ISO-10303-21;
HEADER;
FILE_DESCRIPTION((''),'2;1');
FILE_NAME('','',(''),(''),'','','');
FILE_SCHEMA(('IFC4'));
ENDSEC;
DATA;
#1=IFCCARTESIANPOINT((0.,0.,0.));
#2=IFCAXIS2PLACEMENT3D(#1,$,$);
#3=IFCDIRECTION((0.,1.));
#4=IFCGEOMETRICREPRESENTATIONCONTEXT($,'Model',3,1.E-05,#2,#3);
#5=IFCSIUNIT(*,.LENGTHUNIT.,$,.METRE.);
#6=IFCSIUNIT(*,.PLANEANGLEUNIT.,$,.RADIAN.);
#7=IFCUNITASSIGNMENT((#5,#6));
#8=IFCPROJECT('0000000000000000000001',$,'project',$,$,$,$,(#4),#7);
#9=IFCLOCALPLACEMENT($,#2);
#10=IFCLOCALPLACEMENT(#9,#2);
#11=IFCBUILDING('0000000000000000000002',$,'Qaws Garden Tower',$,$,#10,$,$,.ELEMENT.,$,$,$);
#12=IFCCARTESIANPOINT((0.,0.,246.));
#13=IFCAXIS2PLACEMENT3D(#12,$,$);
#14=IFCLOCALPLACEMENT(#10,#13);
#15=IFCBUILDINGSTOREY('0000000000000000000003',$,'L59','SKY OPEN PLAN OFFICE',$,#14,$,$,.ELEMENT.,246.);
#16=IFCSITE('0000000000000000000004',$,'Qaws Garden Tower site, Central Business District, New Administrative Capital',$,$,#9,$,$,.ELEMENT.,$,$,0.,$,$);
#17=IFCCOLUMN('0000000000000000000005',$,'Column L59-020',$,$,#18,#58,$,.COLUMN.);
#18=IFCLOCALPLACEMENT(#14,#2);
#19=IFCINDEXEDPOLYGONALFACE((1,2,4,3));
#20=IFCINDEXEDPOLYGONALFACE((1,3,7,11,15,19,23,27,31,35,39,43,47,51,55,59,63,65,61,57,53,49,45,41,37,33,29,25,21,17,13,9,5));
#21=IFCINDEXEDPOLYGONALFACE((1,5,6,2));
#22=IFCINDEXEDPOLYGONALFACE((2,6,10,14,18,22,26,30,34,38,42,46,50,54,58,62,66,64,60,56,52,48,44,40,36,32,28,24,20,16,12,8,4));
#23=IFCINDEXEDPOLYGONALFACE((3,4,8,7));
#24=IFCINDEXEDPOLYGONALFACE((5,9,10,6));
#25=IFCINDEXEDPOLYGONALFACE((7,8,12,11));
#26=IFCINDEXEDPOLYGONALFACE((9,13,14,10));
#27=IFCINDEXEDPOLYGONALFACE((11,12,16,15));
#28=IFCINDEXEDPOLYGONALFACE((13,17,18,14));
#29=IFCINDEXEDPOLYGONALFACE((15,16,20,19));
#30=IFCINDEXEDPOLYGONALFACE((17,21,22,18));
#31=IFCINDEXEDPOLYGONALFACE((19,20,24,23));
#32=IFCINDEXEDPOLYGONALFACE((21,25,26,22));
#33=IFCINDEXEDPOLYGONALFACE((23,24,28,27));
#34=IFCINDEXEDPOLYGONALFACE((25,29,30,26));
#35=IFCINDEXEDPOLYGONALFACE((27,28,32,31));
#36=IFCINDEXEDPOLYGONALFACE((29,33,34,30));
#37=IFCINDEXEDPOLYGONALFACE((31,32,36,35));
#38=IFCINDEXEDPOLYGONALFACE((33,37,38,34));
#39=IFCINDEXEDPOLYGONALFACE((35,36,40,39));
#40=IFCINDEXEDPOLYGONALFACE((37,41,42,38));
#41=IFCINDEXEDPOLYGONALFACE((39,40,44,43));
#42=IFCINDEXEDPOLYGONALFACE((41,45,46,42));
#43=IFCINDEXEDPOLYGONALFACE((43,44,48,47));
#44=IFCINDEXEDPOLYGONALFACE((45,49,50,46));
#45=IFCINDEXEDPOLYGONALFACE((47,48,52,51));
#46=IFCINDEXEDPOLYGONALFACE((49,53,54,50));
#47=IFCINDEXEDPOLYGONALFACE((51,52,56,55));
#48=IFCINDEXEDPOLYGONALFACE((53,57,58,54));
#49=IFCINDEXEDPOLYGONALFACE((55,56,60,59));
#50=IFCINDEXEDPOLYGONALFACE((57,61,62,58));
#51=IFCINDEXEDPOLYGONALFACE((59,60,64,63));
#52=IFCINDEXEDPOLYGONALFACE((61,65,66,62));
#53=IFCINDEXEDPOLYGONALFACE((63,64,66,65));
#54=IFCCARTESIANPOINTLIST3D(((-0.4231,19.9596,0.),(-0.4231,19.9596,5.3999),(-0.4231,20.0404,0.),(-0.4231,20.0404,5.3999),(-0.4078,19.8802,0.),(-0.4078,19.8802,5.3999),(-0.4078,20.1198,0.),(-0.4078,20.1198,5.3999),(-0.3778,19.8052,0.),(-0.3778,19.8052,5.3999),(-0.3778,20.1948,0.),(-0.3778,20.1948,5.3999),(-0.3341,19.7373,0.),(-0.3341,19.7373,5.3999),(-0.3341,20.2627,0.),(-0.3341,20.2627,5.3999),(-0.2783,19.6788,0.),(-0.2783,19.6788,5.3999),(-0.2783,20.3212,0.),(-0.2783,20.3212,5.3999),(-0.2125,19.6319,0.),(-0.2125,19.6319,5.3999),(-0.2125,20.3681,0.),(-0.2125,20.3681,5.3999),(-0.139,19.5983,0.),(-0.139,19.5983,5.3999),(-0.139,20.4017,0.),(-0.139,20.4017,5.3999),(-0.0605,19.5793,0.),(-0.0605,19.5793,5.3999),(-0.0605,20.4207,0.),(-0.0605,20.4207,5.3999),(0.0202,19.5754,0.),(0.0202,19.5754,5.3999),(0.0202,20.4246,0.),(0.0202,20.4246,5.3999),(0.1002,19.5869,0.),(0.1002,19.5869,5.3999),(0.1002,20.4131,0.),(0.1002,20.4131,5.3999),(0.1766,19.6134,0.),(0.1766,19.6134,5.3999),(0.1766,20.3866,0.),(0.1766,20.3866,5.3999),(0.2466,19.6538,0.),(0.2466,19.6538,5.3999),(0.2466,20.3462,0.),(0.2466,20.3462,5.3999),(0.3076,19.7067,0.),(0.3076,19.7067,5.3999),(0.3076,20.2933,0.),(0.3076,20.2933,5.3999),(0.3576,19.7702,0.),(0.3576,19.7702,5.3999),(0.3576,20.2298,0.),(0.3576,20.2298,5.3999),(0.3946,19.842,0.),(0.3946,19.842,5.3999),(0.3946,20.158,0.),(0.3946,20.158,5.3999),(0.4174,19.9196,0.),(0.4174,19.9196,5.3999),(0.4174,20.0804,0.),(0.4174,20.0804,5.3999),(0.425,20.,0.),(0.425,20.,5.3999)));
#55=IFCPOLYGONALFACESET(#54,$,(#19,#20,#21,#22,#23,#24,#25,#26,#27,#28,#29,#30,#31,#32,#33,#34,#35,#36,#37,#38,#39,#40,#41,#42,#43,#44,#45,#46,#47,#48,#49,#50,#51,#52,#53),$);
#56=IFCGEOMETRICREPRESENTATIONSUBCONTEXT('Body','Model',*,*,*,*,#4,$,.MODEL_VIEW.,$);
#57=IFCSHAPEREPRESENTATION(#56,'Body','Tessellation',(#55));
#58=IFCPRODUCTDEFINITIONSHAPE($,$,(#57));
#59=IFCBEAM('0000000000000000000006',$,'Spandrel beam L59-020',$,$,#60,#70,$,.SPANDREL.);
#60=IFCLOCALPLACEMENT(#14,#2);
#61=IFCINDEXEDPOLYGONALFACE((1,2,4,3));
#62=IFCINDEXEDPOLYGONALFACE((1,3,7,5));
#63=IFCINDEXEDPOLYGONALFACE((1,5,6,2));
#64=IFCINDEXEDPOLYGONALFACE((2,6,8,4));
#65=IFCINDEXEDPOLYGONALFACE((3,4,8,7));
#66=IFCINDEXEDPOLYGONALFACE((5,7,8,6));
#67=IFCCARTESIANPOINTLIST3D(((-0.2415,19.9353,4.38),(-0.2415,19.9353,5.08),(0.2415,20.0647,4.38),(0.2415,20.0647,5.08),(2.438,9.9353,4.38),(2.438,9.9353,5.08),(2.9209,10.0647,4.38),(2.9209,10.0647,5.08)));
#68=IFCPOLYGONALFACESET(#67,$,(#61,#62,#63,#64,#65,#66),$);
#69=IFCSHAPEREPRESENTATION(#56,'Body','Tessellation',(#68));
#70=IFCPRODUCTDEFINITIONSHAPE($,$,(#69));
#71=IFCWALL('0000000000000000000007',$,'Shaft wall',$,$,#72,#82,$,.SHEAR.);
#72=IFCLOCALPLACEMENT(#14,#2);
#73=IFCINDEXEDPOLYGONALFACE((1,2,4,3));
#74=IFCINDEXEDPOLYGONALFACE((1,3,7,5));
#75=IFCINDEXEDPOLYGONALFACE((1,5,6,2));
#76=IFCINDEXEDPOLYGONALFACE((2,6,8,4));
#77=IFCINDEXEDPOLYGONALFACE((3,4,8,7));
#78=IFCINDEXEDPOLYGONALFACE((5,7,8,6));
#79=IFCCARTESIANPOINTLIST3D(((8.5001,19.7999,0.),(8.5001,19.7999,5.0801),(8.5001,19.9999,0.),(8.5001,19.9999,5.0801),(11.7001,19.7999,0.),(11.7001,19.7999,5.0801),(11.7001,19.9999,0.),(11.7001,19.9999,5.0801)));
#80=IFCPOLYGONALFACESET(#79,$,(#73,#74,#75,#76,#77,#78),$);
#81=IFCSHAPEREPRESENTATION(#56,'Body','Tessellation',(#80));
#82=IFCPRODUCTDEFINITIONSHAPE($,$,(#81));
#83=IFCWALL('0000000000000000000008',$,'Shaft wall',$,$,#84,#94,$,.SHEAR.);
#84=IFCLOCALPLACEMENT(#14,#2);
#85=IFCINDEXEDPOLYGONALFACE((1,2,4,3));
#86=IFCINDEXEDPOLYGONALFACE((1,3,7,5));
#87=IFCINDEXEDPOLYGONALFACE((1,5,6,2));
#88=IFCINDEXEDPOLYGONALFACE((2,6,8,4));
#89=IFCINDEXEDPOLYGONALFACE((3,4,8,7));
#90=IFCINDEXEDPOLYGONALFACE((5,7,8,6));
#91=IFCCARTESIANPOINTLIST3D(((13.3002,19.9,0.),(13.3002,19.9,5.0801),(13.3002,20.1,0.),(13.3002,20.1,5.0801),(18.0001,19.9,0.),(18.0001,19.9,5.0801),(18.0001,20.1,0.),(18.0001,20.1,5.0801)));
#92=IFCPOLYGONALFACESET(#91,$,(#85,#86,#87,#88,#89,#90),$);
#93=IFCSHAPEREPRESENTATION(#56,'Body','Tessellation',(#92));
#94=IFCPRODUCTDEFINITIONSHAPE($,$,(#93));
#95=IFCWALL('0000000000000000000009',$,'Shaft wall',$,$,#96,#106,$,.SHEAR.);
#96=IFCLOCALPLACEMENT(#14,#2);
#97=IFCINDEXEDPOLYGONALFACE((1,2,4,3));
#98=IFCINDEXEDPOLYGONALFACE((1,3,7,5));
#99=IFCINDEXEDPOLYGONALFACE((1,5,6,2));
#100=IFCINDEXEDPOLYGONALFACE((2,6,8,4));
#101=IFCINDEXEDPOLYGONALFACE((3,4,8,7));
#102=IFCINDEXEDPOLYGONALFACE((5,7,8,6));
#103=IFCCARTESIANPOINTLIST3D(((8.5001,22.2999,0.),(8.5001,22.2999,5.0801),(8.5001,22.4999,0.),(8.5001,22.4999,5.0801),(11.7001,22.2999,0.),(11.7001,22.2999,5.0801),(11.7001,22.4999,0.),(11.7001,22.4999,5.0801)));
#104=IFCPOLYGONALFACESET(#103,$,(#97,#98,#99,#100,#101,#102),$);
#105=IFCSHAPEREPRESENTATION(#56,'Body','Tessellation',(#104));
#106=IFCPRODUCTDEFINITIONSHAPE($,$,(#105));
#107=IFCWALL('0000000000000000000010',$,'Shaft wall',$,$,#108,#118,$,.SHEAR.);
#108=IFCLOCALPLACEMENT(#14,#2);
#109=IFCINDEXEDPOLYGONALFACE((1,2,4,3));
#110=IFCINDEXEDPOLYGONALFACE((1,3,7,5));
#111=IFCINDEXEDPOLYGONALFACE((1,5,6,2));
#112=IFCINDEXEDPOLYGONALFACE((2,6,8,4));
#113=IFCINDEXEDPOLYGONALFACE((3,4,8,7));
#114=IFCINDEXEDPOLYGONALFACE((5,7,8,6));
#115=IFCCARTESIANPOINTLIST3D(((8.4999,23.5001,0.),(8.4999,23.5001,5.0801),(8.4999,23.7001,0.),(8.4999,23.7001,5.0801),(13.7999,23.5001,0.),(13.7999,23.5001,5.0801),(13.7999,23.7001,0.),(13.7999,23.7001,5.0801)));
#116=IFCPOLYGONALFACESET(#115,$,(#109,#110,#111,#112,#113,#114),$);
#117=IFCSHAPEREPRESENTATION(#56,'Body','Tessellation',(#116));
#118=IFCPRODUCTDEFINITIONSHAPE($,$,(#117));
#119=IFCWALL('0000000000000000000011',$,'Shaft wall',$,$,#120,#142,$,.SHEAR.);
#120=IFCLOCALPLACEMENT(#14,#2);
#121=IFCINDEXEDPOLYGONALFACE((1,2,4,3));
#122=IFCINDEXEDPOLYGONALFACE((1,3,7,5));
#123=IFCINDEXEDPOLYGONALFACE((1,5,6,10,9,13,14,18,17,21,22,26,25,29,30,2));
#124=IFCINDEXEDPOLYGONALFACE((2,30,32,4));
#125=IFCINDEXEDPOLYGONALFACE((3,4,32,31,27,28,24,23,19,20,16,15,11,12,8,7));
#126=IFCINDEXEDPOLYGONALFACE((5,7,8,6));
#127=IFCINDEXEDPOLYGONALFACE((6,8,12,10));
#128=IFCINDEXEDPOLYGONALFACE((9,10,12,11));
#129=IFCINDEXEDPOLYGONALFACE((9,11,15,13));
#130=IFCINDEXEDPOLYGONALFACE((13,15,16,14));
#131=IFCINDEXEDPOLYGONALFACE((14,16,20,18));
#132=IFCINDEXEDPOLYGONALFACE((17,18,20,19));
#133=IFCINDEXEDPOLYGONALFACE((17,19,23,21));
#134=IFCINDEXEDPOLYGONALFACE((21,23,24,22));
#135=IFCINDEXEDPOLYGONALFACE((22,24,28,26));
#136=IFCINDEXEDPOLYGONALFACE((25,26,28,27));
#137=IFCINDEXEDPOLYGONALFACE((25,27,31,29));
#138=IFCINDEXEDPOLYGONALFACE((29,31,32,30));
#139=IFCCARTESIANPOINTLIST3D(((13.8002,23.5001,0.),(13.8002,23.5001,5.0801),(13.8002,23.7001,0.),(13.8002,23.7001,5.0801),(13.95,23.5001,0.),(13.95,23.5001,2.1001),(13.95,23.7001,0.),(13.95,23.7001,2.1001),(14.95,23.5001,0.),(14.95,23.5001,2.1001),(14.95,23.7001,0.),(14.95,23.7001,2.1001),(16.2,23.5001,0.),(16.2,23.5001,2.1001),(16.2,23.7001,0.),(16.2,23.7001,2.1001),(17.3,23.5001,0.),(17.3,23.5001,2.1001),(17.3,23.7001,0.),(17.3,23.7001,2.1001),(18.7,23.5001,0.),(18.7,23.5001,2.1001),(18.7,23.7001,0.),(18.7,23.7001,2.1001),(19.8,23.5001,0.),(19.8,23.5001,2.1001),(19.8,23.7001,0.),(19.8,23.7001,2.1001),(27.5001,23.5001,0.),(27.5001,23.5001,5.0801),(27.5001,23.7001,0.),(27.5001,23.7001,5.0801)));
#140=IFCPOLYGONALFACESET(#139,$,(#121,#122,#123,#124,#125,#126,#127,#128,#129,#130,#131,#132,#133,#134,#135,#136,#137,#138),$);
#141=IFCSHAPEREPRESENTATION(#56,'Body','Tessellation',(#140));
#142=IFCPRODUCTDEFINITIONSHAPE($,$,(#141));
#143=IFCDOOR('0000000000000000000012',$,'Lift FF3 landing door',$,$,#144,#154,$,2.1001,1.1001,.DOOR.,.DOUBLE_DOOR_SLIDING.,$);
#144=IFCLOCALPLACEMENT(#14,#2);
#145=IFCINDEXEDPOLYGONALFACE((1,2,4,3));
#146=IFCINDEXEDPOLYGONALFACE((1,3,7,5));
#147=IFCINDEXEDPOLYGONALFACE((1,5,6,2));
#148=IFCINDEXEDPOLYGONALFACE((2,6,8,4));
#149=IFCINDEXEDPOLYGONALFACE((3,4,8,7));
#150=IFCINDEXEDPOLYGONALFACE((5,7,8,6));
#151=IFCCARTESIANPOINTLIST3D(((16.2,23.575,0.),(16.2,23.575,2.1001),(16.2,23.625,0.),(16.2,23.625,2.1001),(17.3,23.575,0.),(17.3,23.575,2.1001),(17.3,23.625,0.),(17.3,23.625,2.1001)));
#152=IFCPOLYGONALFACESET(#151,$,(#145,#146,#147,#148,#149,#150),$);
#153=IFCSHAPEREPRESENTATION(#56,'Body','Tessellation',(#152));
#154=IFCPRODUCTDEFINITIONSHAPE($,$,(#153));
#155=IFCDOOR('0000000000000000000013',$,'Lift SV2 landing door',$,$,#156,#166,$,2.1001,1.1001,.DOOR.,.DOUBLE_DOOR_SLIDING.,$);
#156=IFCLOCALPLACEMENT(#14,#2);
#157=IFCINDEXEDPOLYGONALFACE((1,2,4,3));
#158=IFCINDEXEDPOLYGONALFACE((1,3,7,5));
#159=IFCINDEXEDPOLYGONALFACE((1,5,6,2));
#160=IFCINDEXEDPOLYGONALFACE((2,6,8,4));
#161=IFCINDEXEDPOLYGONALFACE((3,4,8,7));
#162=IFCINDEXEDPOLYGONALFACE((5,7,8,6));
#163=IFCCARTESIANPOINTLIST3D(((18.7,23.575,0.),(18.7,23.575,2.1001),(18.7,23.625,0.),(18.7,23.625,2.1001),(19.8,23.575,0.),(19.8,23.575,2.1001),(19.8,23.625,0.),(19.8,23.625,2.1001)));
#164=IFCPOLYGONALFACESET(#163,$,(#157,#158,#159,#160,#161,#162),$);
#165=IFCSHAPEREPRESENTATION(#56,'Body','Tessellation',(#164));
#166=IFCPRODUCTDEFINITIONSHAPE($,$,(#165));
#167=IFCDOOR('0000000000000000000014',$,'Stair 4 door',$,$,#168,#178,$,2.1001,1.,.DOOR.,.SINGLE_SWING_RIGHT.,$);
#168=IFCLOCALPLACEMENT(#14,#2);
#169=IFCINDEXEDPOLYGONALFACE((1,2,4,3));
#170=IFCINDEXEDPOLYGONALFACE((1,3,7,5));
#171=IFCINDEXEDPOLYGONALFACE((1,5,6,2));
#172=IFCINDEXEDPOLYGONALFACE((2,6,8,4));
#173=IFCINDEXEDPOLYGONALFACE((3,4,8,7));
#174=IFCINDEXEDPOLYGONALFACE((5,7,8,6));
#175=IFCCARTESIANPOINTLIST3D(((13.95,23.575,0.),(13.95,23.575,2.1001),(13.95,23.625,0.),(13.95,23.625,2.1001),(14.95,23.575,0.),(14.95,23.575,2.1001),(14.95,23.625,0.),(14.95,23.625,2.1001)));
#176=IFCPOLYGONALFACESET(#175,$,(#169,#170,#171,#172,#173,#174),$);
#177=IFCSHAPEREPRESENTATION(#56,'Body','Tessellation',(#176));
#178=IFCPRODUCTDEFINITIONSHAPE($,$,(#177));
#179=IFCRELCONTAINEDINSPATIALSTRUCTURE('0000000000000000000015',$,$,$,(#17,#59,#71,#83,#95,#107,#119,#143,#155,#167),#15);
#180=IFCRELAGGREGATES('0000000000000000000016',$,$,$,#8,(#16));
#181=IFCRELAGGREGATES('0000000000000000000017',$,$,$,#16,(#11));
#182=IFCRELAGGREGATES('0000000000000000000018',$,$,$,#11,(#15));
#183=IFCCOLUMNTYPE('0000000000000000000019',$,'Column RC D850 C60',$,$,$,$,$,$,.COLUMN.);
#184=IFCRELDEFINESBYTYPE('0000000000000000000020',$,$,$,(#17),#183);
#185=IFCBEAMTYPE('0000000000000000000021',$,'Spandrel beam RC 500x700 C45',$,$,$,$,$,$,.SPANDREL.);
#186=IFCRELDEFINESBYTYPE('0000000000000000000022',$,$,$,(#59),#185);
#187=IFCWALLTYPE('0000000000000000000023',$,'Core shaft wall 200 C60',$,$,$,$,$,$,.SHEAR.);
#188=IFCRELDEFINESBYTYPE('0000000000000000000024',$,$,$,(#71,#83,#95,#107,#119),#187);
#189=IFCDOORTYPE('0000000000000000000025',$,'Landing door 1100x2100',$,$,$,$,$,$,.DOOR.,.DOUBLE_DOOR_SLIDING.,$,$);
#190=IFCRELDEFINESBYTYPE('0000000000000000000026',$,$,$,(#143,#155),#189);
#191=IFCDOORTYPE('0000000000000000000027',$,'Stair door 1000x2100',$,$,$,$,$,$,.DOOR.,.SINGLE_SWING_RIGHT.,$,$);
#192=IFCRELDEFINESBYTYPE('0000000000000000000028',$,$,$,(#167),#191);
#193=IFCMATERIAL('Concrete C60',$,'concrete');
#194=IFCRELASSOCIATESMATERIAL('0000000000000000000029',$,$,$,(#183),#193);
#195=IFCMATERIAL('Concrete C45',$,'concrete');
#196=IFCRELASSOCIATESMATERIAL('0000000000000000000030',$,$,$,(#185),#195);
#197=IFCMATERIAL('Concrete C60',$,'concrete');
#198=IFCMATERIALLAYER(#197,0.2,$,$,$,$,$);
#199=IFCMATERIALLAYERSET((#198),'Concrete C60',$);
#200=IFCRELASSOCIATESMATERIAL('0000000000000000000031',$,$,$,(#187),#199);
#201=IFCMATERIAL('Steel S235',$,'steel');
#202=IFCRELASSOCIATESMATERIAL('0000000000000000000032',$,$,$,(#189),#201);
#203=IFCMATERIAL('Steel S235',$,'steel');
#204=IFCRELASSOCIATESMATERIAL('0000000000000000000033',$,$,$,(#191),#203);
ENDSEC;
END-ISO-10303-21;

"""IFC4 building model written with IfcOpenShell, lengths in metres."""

from ifc_helpers import new_model, si_unit, direction, frame, frame_2d, origin, origin_2d, place, context, subcontext, project, spatial, rectangle, circle, extrude, material, layer, layer_set, material_profile, profile_set, type_object, element, fill, save


model = new_model("IFC4")

# Units and contexts
model_context = context("Model", 3, precision=1e-05, world=origin(), true_north=direction((0.0, 1.0)))
body_context = subcontext(model_context, "Body", "Model", "MODEL_VIEW")
ifc_project = project(units=[si_unit("LENGTHUNIT", "METRE"), si_unit("PLANEANGLEUNIT", "RADIAN")], contexts=[model_context])

# Site, building, storey
site_placement = place(None, origin())
site = spatial("IfcSite", under=ifc_project, at=site_placement, Name="Qaws Garden Tower site, Central Business District, New Administrative Capital", CompositionType="ELEMENT", RefElevation=0.0)
building_placement = place(site_placement, origin())
building = spatial("IfcBuilding", under=site, at=building_placement, Name="Qaws Garden Tower", CompositionType="ELEMENT")
storey_placement = place(building_placement, frame((0.0, 0.0, 246.0)))
storey = spatial("IfcBuildingStorey", under=building, at=storey_placement, Name="L59", Description="SKY OPEN PLAN OFFICE", CompositionType="ELEMENT", Elevation=246.0)

# Column
ifc_material_1 = material(Name="Concrete C60", Category="concrete")
ifc_material_profile_1 = material_profile(ifc_material_1, circle(Radius=0.425, at=origin_2d()), Name="RC D850")
ifc_profile_set_1 = profile_set([ifc_material_profile_1], Name="Concrete C60")
column_type = type_object("IfcColumnType", Name="Column RC D850 C60", PredefinedType="COLUMN", material=ifc_profile_set_1)
column_placement = place(storey_placement, frame((0.0, 20.0, 0.0), z_axis=(0.0, 0.0, 1.0), x_axis=(1.0, 0.0, 0.0)))
element("IfcColumn", 1, at=column_placement, inside=storey, type_object=column_type, Name="Column L59-020", PredefinedType="COLUMN", context=body_context, shape_type="SweptSolid", body=[
    extrude(circle(Radius=0.425, at=origin_2d()), origin(), (0.0, 0.0, 1.0), 5.3999),
])

# Beam
ifc_material_2 = material(Name="Concrete C45", Category="concrete")
ifc_material_profile_2 = material_profile(ifc_material_2, rectangle(XDim=0.5, YDim=0.7, at=origin_2d()), Name="RC 500x700")
ifc_profile_set_2 = profile_set([ifc_material_profile_2], Name="Concrete C45")
beam_type = type_object("IfcBeamType", Name="Spandrel beam RC 500x700 C45", PredefinedType="SPANDREL", material=ifc_profile_set_2)
beam_placement = place(storey_placement, frame((0.0, 20.0, 4.73), z_axis=(0.258815, -0.965927, 0.0), x_axis=(0.965927, 0.258815, 0.0)))
element("IfcBeam", 2, at=beam_placement, inside=storey, type_object=beam_type, Name="Spandrel beam L59-020", PredefinedType="SPANDREL", context=body_context, shape_type="SweptSolid", body=[
    extrude(rectangle(XDim=0.5, YDim=0.7, at=origin_2d()), origin(), (0.0, 0.0, 1.0), 10.3528),
])

# Walls
ifc_material_3 = material(Name="Concrete C60", Category="concrete")
ifc_layer_1 = layer(ifc_material_3, 0.2)
ifc_layer_set_1 = layer_set([ifc_layer_1], Name="Concrete C60")
wall_type_1 = type_object("IfcWallType", Name="Core shaft wall 200 C60", PredefinedType="SHEAR", material=ifc_layer_set_1)
wall_1_placement = place(storey_placement, frame((8.5, 19.8999, 0.0), z_axis=(0.0, 0.0, 1.0), x_axis=(1.0, 0.0, 0.0)))
element("IfcWall", 3, at=wall_1_placement, inside=storey, type_object=wall_type_1, Name="Shaft wall", PredefinedType="SHEAR", context=body_context, shape_type="SweptSolid", body=[
    extrude(rectangle(XDim=3.2, YDim=0.2, at=frame_2d((1.6001, 0.0))), origin(), (0.0, 0.0, 1.0), 5.0801),
])
wall_2_placement = place(storey_placement, frame((13.3, 20.0, 0.0), z_axis=(0.0, 0.0, 1.0), x_axis=(1.0, 0.0, 0.0)))
element("IfcWall", 4, at=wall_2_placement, inside=storey, type_object=wall_type_1, Name="Shaft wall", PredefinedType="SHEAR", context=body_context, shape_type="SweptSolid", body=[
    extrude(rectangle(XDim=4.7, YDim=0.2, at=frame_2d((2.3501, 0.0))), origin(), (0.0, 0.0, 1.0), 5.0801),
])
wall_3_placement = place(storey_placement, frame((8.5, 22.3999, 0.0), z_axis=(0.0, 0.0, 1.0), x_axis=(1.0, 0.0, 0.0)))
element("IfcWall", 5, at=wall_3_placement, inside=storey, type_object=wall_type_1, Name="Shaft wall", PredefinedType="SHEAR", context=body_context, shape_type="SweptSolid", body=[
    extrude(rectangle(XDim=3.2, YDim=0.2, at=frame_2d((1.6001, 0.0))), origin(), (0.0, 0.0, 1.0), 5.0801),
])
wall_4_placement = place(storey_placement, frame((8.5, 23.6001, 0.0), z_axis=(0.0, 0.0, 1.0), x_axis=(1.0, 0.0, 0.0)))
element("IfcWall", 6, at=wall_4_placement, inside=storey, type_object=wall_type_1, Name="Shaft wall", PredefinedType="SHEAR", context=body_context, shape_type="SweptSolid", body=[
    extrude(rectangle(XDim=5.3, YDim=0.2, at=frame_2d((2.6499, 0.0))), origin(), (0.0, 0.0, 1.0), 5.0801),
])

# Wall, openings, doors
wall_5_placement = place(storey_placement, frame((13.8, 23.6001, 0.0), z_axis=(0.0, 0.0, 1.0), x_axis=(1.0, 0.0, 0.0)))
wall_5 = element("IfcWall", 7, at=wall_5_placement, inside=storey, type_object=wall_type_1, Name="Shaft wall", PredefinedType="SHEAR", context=body_context, shape_type="SweptSolid", body=[
    extrude(rectangle(XDim=13.7, YDim=0.2, at=frame_2d((6.8501, 0.0))), origin(), (0.0, 0.0, 1.0), 5.0801),
])
opening_1_placement = place(wall_5_placement, frame((2.3999, 0.0, 0.0)))
opening_1 = element("IfcOpeningElement", 8, at=opening_1_placement, cuts=wall_5, PredefinedType="OPENING", context=body_context, shape_type="SweptSolid", body=[
    extrude(rectangle(XDim=1.1001, YDim=2.1001, at=frame_2d((0.55, 1.05))), frame((0.0, 0.1099, 0.0), z_axis=(0.0, -1.0, 0.0), x_axis=(1.0, 0.0, 0.0)), (0.0, 0.0, 1.0), 0.22),
])
opening_2_placement = place(wall_5_placement, frame((4.8999, 0.0, 0.0)))
opening_2 = element("IfcOpeningElement", 9, at=opening_2_placement, cuts=wall_5, PredefinedType="OPENING", context=body_context, shape_type="SweptSolid", body=[
    extrude(rectangle(XDim=1.1001, YDim=2.1001, at=frame_2d((0.55, 1.05))), frame((0.0, 0.1099, 0.0), z_axis=(0.0, -1.0, 0.0), x_axis=(1.0, 0.0, 0.0)), (0.0, 0.0, 1.0), 0.22),
])
opening_3_placement = place(wall_5_placement, frame((0.1499, 0.0, 0.0)))
opening_3 = element("IfcOpeningElement", 10, at=opening_3_placement, cuts=wall_5, PredefinedType="OPENING", context=body_context, shape_type="SweptSolid", body=[
    extrude(rectangle(XDim=1.0, YDim=2.1001, at=frame_2d((0.5, 1.05))), frame((0.0, 0.1099, 0.0), z_axis=(0.0, -1.0, 0.0), x_axis=(1.0, 0.0, 0.0)), (0.0, 0.0, 1.0), 0.22),
])
ifc_material_4 = material(Name="Steel S235", Category="steel")
door_type_1 = type_object("IfcDoorType", Name="Landing door 1100x2100", OperationType="DOUBLE_DOOR_SLIDING", PredefinedType="DOOR", material=ifc_material_4)
door_1_placement = place(opening_1_placement, origin())
door_1 = element("IfcDoor", 11, at=door_1_placement, inside=storey, type_object=door_type_1, Name="Lift FF3 landing door", OperationType="DOUBLE_DOOR_SLIDING", OverallHeight=2.1001, OverallWidth=1.1001, PredefinedType="DOOR", context=body_context, shape_type="SweptSolid", body=[
    extrude(rectangle(XDim=1.1001, YDim=2.1001, at=frame_2d((0.55, 1.05))), frame((0.0, 0.0249, 0.0), z_axis=(0.0, -1.0, 0.0), x_axis=(1.0, 0.0, 0.0)), (0.0, 0.0, 1.0), 0.05),
])
fill(opening_1, door_1)
door_2_placement = place(opening_2_placement, origin())
door_2 = element("IfcDoor", 12, at=door_2_placement, inside=storey, type_object=door_type_1, Name="Lift SV2 landing door", OperationType="DOUBLE_DOOR_SLIDING", OverallHeight=2.1001, OverallWidth=1.1001, PredefinedType="DOOR", context=body_context, shape_type="SweptSolid", body=[
    extrude(rectangle(XDim=1.1001, YDim=2.1001, at=frame_2d((0.55, 1.05))), frame((0.0, 0.0249, 0.0), z_axis=(0.0, -1.0, 0.0), x_axis=(1.0, 0.0, 0.0)), (0.0, 0.0, 1.0), 0.05),
])
fill(opening_2, door_2)
ifc_material_5 = material(Name="Steel S235", Category="steel")
door_type_2 = type_object("IfcDoorType", Name="Stair door 1000x2100", OperationType="SINGLE_SWING_RIGHT", PredefinedType="DOOR", material=ifc_material_5)
door_3_placement = place(opening_3_placement, origin())
door_3 = element("IfcDoor", 13, at=door_3_placement, inside=storey, type_object=door_type_2, Name="Stair 4 door", OperationType="SINGLE_SWING_RIGHT", OverallHeight=2.1001, OverallWidth=1.0, PredefinedType="DOOR", context=body_context, shape_type="SweptSolid", body=[
    extrude(rectangle(XDim=1.0, YDim=2.1001, at=frame_2d((0.5, 1.05))), frame((0.0, 0.0249, 0.0), z_axis=(0.0, -1.0, 0.0), x_axis=(1.0, 0.0, 0.0)), (0.0, 0.0, 1.0), 0.05),
])
fill(opening_3, door_3)

save(model, "model.ifc")
